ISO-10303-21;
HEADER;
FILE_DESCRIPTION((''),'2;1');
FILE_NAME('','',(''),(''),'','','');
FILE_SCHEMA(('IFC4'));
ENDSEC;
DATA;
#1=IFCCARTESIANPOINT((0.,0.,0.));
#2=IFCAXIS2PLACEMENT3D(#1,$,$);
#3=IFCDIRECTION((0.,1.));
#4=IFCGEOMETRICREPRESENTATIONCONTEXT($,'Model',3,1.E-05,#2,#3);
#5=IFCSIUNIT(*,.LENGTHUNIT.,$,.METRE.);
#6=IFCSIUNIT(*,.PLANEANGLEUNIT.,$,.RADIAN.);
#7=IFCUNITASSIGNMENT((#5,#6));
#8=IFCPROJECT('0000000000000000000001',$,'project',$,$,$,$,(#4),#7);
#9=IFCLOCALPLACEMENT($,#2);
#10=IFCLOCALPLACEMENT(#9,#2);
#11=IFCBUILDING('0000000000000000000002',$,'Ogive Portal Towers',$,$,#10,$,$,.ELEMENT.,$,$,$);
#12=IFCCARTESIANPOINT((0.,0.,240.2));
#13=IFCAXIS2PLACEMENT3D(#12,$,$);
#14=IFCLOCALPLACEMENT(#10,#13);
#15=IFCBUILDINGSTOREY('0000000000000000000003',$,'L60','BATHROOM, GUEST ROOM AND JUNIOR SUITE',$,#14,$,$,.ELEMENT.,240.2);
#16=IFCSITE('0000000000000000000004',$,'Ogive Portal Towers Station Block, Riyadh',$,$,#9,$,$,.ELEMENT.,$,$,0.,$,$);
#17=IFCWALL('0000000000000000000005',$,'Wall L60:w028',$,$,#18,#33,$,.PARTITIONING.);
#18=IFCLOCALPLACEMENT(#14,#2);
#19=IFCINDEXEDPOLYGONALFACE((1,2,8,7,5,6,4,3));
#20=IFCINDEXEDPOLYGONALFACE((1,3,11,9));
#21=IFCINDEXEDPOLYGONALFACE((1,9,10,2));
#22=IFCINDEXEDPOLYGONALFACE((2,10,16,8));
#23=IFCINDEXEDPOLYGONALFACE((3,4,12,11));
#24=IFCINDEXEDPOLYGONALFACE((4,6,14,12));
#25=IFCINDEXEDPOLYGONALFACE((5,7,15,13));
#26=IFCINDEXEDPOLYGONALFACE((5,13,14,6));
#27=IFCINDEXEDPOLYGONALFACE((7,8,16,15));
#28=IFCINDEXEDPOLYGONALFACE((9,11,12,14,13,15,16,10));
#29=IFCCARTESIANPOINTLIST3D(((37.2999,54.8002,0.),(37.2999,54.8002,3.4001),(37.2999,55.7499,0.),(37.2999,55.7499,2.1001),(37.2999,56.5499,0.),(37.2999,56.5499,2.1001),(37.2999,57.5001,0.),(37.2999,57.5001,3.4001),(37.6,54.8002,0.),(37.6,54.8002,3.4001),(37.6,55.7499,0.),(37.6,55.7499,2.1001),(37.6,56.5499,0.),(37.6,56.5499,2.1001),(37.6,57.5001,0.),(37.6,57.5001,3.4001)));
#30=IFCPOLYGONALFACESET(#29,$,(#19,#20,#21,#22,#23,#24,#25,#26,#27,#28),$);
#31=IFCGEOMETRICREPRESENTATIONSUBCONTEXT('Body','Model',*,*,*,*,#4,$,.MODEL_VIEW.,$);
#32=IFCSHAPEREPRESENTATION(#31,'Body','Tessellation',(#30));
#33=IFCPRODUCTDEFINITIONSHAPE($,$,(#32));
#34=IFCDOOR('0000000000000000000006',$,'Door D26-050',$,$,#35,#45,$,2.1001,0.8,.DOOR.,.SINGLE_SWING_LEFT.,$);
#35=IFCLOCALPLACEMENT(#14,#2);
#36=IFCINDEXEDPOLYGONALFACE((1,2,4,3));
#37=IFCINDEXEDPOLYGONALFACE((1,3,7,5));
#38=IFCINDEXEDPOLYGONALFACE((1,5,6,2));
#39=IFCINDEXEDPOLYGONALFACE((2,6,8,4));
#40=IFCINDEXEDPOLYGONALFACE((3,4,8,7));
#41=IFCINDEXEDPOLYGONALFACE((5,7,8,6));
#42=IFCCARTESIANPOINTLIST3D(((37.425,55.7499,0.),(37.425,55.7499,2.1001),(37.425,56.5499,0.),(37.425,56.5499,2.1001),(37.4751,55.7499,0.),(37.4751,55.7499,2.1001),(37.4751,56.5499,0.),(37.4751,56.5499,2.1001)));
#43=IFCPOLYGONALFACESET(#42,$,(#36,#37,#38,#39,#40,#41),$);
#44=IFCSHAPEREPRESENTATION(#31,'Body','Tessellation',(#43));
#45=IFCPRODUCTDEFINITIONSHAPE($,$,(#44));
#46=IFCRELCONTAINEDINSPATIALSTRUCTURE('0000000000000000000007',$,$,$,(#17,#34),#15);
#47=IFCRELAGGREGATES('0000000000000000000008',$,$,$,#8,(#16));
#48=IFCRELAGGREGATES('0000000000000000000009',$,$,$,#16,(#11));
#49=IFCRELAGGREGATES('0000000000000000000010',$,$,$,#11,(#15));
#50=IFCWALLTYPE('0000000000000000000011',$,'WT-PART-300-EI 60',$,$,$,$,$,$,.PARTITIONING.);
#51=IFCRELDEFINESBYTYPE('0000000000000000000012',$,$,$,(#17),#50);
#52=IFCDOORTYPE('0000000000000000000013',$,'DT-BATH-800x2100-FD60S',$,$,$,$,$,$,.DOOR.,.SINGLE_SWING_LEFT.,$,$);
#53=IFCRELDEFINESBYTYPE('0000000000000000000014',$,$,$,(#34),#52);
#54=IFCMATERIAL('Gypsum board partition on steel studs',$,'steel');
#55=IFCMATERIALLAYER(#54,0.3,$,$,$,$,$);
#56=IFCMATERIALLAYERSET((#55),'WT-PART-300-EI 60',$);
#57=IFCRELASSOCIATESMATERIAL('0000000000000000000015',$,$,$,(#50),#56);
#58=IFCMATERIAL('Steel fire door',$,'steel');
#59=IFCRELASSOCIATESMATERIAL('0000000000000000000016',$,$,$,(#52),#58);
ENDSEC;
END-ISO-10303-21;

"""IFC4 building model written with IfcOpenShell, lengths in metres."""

from ifc_helpers import new_model, si_unit, direction, frame, frame_2d, origin, place, context, subcontext, project, spatial, rectangle, extrude, material, layer, layer_set, type_object, element, fill, save


model = new_model("IFC4")

# Units and contexts
model_context = context("Model", 3, precision=1e-05, world=origin(), true_north=direction((0.0, 1.0)))
body_context = subcontext(model_context, "Body", "Model", "MODEL_VIEW")
ifc_project = project(units=[si_unit("LENGTHUNIT", "METRE"), si_unit("PLANEANGLEUNIT", "RADIAN")], contexts=[model_context])

# Site, building, storey
site_placement = place(None, origin())
site = spatial("IfcSite", under=ifc_project, at=site_placement, Name="Ogive Portal Towers Station Block, Riyadh", CompositionType="ELEMENT", RefElevation=0.0)
building_placement = place(site_placement, origin())
building = spatial("IfcBuilding", under=site, at=building_placement, Name="Ogive Portal Towers", CompositionType="ELEMENT")
storey_placement = place(building_placement, frame((0.0, 0.0, 240.2)))
storey = spatial("IfcBuildingStorey", under=building, at=storey_placement, Name="L60", Description="BATHROOM, GUEST ROOM AND JUNIOR SUITE", CompositionType="ELEMENT", Elevation=240.2)

# Shared definitions
ifc_material_1 = material(Name="Gypsum board partition on steel studs", Category="steel")
ifc_layer_1 = layer(ifc_material_1, 0.3)
ifc_layer_set_1 = layer_set([ifc_layer_1], Name="WT-PART-300-EI 60")
wall_type = type_object("IfcWallType", Name="WT-PART-300-EI 60", PredefinedType="PARTITIONING", material=ifc_layer_set_1)

# Wall, opening, door
wall_1_placement = place(storey_placement, frame((37.45, 54.8, 0.0), z_axis=(0.0, 0.0, 1.0), x_axis=(0.0, 1.0, 0.0)))
wall_1 = element("IfcWall", 1, at=wall_1_placement, inside=storey, type_object=wall_type, Name="Wall L60:w028", PredefinedType="PARTITIONING", context=body_context, shape_type="SweptSolid", body=[
    extrude(rectangle(XDim=2.7, YDim=0.3, at=frame_2d((1.3501, 0.0))), origin(), (0.0, 0.0, 1.0), 3.4001),
])
opening_placement = place(wall_1_placement, frame((0.95, 0.0, 0.0)))
opening = element("IfcOpeningElement", 2, at=opening_placement, cuts=wall_1, PredefinedType="OPENING", context=body_context, shape_type="SweptSolid", body=[
    extrude(rectangle(XDim=0.8, YDim=2.1001, at=frame_2d((0.3999, 1.05))), frame((0.0, 0.1602, 0.0), z_axis=(0.0, -1.0, 0.0), x_axis=(1.0, 0.0, 0.0)), (0.0, 0.0, 1.0), 0.3201),
])
ifc_material_2 = material(Name="Steel fire door", Category="steel")
door_type = type_object("IfcDoorType", Name="DT-BATH-800x2100-FD60S", OperationType="SINGLE_SWING_LEFT", PredefinedType="DOOR", material=ifc_material_2)
door_placement = place(opening_placement, origin())
door = element("IfcDoor", 3, at=door_placement, inside=storey, type_object=door_type, Name="Door D26-050", OperationType="SINGLE_SWING_LEFT", OverallHeight=2.1001, OverallWidth=0.8, PredefinedType="DOOR", context=body_context, shape_type="SweptSolid", body=[
    extrude(rectangle(XDim=0.8, YDim=2.1001, at=frame_2d((0.3999, 1.05))), frame((0.0, 0.0249, 0.0), z_axis=(0.0, -1.0, 0.0), x_axis=(1.0, 0.0, 0.0)), (0.0, 0.0, 1.0), 0.05),
])
fill(opening, door)

save(model, "model.ifc")
